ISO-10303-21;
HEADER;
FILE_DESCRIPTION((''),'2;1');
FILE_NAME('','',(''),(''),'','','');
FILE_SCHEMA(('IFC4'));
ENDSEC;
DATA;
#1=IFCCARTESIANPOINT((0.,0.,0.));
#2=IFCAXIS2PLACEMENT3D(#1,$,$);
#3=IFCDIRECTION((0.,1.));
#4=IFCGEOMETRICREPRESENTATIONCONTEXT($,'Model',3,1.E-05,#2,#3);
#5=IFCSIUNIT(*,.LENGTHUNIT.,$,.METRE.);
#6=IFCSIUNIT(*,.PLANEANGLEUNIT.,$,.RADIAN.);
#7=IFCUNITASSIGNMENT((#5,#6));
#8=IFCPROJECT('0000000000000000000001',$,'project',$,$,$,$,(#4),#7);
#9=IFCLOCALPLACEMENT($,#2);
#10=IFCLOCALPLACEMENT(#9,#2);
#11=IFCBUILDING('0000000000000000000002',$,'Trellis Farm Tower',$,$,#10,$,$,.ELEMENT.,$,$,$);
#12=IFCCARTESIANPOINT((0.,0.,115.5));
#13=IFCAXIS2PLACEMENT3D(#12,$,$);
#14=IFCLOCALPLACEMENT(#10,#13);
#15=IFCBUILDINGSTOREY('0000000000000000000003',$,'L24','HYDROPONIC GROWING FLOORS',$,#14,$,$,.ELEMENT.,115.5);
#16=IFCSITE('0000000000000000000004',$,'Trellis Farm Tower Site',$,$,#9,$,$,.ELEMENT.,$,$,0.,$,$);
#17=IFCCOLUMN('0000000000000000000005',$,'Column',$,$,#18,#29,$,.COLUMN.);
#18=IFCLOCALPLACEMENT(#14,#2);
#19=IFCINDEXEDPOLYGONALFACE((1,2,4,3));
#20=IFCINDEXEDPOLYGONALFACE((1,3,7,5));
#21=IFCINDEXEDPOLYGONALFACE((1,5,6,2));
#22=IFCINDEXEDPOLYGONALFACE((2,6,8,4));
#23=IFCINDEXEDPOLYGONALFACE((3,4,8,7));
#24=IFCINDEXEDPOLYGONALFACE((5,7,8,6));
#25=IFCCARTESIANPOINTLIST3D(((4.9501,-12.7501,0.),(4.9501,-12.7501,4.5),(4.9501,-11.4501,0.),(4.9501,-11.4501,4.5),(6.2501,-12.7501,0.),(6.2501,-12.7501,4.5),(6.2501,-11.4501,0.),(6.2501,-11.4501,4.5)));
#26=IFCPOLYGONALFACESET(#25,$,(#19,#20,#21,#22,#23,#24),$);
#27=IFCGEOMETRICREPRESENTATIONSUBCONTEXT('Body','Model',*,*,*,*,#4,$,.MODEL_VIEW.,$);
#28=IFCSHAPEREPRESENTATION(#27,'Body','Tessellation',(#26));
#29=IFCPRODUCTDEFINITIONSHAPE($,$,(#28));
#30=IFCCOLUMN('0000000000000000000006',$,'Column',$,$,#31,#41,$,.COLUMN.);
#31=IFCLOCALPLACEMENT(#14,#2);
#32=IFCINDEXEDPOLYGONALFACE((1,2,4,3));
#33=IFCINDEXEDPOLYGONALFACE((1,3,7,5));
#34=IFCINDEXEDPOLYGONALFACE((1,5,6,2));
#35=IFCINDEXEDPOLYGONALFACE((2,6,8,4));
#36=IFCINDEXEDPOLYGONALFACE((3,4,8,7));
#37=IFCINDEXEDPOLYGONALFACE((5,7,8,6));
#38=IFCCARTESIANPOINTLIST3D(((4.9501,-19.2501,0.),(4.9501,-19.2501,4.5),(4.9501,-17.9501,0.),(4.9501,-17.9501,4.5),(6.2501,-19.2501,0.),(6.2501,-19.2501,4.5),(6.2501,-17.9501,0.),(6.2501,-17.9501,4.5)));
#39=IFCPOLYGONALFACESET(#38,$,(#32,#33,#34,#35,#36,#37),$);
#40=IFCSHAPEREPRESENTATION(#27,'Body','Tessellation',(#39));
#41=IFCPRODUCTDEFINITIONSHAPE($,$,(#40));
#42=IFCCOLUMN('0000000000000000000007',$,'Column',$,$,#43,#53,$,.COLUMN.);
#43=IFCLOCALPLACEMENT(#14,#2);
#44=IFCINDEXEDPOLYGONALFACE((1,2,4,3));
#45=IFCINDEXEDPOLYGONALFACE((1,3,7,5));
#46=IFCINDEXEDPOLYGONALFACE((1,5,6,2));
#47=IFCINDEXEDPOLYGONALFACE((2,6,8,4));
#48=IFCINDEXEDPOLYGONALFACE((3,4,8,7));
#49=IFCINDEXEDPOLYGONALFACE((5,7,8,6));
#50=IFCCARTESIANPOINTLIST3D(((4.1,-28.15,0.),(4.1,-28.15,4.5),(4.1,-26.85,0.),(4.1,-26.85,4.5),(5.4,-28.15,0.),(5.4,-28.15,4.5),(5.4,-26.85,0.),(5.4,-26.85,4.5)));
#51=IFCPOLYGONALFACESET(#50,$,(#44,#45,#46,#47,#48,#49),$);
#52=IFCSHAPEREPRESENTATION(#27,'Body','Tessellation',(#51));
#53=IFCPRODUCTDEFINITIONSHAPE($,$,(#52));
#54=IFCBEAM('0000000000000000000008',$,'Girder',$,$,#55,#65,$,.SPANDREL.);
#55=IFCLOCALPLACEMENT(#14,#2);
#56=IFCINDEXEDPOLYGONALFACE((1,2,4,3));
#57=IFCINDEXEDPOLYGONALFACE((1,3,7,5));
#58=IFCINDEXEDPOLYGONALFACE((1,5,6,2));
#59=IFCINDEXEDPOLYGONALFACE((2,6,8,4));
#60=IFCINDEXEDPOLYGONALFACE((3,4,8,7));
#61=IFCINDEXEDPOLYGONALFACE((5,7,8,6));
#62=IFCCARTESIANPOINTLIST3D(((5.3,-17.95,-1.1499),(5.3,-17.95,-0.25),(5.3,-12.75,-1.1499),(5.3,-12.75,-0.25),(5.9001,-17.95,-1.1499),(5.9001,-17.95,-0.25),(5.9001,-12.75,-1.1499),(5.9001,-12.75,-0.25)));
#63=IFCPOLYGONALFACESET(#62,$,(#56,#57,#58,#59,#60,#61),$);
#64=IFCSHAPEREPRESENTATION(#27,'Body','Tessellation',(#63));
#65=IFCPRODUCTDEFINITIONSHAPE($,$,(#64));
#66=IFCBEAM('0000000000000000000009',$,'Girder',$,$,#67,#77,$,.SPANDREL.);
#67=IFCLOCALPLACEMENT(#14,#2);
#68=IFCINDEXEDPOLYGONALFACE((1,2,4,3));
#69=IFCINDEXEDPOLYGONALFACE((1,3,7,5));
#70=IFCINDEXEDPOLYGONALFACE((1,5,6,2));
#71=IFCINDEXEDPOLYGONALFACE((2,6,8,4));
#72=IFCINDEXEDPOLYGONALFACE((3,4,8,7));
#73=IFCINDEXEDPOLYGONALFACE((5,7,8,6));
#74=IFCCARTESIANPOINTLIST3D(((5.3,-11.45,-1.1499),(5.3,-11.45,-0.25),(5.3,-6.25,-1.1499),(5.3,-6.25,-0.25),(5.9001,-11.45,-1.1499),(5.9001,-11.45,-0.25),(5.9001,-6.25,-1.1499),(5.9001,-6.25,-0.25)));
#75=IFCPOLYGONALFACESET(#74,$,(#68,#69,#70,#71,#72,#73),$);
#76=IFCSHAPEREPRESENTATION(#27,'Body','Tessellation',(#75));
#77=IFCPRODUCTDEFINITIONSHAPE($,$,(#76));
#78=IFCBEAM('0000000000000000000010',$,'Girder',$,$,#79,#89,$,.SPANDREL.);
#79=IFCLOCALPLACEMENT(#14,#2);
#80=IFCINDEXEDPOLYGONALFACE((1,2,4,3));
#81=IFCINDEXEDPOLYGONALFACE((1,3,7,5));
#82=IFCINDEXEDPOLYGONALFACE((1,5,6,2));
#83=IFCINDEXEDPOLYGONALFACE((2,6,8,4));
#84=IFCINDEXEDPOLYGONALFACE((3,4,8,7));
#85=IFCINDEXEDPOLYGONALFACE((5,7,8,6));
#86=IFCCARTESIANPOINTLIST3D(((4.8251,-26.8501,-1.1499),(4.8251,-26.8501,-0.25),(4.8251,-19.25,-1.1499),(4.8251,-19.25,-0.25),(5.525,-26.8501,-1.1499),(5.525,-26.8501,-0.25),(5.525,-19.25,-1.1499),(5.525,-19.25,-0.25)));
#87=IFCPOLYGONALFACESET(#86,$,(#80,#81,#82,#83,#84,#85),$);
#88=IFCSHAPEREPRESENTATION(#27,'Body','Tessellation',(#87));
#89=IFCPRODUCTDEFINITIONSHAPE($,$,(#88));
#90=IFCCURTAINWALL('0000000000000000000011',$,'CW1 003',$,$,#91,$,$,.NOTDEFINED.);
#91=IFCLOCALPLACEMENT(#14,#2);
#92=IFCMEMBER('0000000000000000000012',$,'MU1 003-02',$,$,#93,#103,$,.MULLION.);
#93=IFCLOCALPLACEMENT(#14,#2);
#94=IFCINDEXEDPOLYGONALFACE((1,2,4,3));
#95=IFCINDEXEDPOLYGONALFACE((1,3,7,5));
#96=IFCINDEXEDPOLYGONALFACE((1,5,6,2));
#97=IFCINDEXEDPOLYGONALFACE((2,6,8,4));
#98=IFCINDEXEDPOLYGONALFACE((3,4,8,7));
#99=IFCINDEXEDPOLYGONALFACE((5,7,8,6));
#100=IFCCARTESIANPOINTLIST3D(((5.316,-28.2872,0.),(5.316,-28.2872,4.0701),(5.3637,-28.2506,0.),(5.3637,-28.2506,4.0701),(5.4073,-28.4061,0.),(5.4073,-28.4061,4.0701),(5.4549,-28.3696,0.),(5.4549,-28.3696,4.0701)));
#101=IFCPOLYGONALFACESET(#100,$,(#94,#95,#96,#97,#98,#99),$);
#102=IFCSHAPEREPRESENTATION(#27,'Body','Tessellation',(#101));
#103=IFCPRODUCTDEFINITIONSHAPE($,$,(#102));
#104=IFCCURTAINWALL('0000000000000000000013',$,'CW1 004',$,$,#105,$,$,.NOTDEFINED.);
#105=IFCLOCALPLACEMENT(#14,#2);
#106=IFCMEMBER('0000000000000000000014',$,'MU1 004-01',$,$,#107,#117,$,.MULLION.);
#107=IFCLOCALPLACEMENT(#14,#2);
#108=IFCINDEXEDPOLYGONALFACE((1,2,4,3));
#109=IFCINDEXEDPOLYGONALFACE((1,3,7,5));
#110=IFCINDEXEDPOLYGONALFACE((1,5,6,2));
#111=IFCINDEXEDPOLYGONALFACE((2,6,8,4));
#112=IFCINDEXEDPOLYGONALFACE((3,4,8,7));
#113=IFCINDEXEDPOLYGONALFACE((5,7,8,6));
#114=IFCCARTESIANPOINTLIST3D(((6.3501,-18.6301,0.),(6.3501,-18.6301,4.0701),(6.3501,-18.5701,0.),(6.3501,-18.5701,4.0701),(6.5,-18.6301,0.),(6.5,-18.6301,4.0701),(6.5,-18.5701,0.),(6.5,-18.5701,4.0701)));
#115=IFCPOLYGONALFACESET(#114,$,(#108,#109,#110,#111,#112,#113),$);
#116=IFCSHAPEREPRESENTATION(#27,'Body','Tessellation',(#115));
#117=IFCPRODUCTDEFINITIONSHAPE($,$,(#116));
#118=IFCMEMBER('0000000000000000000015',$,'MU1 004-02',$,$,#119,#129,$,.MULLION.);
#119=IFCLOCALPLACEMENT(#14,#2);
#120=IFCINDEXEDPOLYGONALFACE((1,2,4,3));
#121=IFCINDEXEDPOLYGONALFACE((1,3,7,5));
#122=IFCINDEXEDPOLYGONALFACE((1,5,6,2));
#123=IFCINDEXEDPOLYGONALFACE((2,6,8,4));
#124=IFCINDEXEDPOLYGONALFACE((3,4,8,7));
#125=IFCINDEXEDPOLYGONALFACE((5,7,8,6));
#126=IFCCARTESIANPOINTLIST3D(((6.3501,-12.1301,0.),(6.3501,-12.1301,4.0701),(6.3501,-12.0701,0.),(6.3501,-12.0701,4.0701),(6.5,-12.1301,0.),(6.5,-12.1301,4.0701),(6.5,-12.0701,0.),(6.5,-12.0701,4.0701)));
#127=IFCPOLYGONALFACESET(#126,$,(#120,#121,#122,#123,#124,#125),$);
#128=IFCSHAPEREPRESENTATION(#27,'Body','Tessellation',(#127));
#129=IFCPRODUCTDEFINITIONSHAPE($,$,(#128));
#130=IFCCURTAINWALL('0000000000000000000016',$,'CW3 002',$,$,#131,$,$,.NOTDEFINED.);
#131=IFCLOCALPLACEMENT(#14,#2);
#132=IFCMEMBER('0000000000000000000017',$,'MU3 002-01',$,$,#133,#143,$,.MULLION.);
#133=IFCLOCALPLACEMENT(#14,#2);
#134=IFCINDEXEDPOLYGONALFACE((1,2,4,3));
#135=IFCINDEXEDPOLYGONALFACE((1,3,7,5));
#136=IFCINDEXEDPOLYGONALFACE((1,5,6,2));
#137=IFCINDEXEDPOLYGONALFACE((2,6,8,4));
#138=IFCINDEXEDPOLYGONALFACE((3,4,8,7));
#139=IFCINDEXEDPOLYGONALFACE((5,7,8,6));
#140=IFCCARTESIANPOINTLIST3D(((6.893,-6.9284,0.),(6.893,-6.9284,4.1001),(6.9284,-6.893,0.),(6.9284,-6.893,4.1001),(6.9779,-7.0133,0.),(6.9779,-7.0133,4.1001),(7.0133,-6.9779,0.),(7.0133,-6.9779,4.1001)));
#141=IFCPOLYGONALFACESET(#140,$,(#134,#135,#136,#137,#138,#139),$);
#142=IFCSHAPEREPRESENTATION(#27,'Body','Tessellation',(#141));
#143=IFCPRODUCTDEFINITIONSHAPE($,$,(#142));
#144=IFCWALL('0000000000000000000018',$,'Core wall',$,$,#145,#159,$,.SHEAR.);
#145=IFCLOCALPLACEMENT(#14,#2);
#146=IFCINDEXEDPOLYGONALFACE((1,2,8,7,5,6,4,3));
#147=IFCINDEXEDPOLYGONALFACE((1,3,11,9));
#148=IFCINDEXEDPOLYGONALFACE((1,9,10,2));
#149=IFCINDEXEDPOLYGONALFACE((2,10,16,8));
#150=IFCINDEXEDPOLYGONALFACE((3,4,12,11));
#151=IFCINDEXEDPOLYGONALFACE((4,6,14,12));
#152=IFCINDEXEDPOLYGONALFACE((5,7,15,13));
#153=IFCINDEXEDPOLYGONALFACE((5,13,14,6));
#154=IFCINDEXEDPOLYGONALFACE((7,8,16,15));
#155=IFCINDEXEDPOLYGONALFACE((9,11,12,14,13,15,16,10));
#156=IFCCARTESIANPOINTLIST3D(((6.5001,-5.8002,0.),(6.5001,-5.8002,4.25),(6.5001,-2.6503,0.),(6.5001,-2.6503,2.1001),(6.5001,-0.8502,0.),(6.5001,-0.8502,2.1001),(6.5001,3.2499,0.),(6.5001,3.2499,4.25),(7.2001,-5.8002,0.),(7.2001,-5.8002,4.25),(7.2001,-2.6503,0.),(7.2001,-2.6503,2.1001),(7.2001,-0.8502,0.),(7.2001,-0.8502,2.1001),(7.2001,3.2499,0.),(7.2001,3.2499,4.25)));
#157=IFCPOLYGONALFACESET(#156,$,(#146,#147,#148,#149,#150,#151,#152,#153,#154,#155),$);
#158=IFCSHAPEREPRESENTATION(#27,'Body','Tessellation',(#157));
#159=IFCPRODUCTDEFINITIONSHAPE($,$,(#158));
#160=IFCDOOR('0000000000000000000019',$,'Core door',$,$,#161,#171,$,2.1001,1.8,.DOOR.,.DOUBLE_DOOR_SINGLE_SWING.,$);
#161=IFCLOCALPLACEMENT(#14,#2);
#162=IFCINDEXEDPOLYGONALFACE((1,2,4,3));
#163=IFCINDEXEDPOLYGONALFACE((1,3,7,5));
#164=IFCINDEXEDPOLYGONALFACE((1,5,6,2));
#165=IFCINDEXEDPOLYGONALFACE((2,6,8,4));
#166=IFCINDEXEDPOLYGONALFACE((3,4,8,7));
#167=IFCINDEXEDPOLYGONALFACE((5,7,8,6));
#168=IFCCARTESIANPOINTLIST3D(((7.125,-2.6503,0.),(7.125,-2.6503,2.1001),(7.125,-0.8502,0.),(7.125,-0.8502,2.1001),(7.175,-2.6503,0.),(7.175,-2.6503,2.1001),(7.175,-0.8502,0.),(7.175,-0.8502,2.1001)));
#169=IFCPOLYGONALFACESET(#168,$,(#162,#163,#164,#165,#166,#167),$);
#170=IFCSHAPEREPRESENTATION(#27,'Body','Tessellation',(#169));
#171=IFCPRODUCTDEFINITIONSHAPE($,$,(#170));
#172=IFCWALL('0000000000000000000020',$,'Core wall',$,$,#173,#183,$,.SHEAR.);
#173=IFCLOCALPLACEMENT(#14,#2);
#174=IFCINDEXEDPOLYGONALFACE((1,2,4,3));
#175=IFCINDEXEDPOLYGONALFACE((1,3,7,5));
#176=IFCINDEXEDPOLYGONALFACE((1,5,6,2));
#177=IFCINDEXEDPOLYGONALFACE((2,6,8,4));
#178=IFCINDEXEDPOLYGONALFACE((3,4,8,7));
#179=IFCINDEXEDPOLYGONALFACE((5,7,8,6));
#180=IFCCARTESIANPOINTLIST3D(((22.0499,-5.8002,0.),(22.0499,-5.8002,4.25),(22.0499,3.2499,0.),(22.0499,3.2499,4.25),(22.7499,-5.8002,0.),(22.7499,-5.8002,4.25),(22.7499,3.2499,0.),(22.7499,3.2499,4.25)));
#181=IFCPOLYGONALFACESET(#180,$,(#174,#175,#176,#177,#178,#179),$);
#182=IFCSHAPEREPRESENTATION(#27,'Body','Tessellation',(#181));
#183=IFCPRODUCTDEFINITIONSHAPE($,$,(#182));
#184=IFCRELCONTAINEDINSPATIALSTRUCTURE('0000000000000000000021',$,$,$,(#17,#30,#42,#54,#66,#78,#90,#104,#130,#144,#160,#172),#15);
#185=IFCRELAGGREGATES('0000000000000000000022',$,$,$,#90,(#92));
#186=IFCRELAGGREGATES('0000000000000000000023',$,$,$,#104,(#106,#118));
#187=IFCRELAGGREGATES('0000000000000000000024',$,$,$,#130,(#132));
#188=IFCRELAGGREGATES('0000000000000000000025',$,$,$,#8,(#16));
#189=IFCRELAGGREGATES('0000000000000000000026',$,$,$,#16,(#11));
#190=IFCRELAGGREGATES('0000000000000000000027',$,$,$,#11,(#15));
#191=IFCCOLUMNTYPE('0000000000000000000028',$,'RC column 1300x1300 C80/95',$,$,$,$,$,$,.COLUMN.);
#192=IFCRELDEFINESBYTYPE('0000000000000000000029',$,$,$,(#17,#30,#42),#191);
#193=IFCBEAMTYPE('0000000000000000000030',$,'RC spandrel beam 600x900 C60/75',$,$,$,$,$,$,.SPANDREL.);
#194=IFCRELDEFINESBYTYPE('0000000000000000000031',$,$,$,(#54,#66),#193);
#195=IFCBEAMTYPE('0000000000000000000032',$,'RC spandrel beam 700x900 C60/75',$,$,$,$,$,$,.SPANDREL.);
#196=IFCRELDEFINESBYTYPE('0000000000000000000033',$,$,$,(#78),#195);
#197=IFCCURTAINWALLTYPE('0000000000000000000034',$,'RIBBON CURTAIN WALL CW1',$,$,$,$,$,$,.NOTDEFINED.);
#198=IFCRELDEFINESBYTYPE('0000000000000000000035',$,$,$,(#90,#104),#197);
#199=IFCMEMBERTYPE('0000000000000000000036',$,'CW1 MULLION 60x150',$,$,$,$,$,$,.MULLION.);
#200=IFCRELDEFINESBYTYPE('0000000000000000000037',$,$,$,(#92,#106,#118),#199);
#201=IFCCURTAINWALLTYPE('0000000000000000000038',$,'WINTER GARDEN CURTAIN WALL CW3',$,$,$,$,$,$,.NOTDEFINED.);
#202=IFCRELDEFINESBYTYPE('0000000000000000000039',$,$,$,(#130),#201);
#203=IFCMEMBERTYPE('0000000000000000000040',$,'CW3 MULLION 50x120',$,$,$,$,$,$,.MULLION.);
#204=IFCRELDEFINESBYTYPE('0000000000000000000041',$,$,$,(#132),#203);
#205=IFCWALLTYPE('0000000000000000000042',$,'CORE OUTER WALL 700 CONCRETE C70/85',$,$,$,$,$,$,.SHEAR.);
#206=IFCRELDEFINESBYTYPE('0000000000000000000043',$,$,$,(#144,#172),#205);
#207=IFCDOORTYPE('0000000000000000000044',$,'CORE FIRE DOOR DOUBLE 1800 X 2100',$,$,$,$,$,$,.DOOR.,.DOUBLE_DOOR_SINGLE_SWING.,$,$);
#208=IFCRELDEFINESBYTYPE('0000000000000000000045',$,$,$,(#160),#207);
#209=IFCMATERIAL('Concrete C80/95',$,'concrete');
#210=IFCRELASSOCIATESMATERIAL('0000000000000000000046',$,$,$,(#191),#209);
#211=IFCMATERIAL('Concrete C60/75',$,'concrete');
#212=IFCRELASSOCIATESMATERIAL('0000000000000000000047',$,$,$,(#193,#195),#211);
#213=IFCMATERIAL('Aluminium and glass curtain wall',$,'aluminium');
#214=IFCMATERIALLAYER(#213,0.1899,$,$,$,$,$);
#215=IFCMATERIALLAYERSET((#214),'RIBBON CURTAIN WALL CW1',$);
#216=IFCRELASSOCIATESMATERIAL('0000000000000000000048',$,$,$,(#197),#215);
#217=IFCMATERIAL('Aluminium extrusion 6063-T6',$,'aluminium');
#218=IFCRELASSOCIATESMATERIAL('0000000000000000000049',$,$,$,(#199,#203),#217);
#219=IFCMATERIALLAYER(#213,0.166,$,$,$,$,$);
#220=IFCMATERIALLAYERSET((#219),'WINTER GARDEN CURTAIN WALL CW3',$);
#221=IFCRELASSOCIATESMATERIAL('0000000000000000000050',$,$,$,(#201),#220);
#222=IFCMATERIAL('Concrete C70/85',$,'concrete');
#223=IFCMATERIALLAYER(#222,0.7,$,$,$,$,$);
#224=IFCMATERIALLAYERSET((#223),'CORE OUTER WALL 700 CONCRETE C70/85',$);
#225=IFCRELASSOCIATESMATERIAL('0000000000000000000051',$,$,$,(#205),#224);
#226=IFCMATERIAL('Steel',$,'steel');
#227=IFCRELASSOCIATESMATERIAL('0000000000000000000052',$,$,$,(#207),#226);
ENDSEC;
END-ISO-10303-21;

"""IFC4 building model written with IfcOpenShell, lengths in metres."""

from ifc_helpers import new_model, si_unit, direction, frame, frame_2d, origin, origin_2d, place, context, subcontext, project, spatial, rectangle, extrude, source, transform, mapped, material, layer, layer_set, material_profile, profile_set, type_object, element, fill, aggregate, save


model = new_model("IFC4")

# Units and contexts
model_context = context("Model", 3, precision=1e-05, world=origin(), true_north=direction((0.0, 1.0)))
body_context = subcontext(model_context, "Body", "Model", "MODEL_VIEW")
ifc_project = project(units=[si_unit("LENGTHUNIT", "METRE"), si_unit("PLANEANGLEUNIT", "RADIAN")], contexts=[model_context])

# Site, building, storey
site_placement = place(None, origin())
site = spatial("IfcSite", under=ifc_project, at=site_placement, Name="Trellis Farm Tower Site", CompositionType="ELEMENT", RefElevation=0.0)
building_placement = place(site_placement, origin())
building = spatial("IfcBuilding", under=site, at=building_placement, Name="Trellis Farm Tower", CompositionType="ELEMENT")
storey_placement = place(building_placement, frame((0.0, 0.0, 115.5)))
storey = spatial("IfcBuildingStorey", under=building, at=storey_placement, Name="L24", Description="HYDROPONIC GROWING FLOORS", CompositionType="ELEMENT", Elevation=115.5)

# Columns
ifc_material_1 = material(Name="Concrete C80/95", Category="concrete")
ifc_material_profile_1 = material_profile(ifc_material_1, rectangle(XDim=1.3, YDim=1.3, at=origin_2d()), Name="RC column 1300x1300 C80/95")
ifc_profile_set_1 = profile_set([ifc_material_profile_1], Name="Concrete C80/95")
column_type = type_object("IfcColumnType", Name="RC column 1300x1300 C80/95", PredefinedType="COLUMN", material=ifc_profile_set_1)
shared_shape_1 = source(origin(), body_context, "Body", "SweptSolid", [
    extrude(rectangle(XDim=1.3, YDim=1.3, at=origin_2d()), origin(), (0.0, 0.0, 1.0), 4.5),
])
for number, where, z_axis, x_axis, name in (
    (1, (5.6001, -12.1001, 0.0), (0.0, 0.0, 1.0), (1.0, 0.0, 0.0), "Column"),
    (2, (5.6001, -18.6001, 0.0), (0.0, 0.0, 1.0), (1.0, 0.0, 0.0), "Column"),
    (3, (4.75, -27.5, 0.0), (0.0, 0.0, 1.0), (1.0, 0.0, 0.0), "Column"),
):
    element("IfcColumn", number, at=place(storey_placement, frame(where, z_axis=z_axis, x_axis=x_axis)), inside=storey, type_object=column_type, Name=name, PredefinedType="COLUMN", context=body_context, shape_type="MappedRepresentation", body=[
        mapped(shared_shape_1, transform((0.0, 0.0, 0.0))),
    ])

# Beams
ifc_material_2 = material(Name="Concrete C60/75", Category="concrete")
ifc_material_profile_2 = material_profile(ifc_material_2, rectangle(XDim=0.6001, YDim=0.8999, at=origin_2d()), Name="RC spandrel beam 600x900 C60/75")
ifc_profile_set_2 = profile_set([ifc_material_profile_2], Name="Concrete C60/75")
beam_type_1 = type_object("IfcBeamType", Name="RC spandrel beam 600x900 C60/75", PredefinedType="SPANDREL", material=ifc_profile_set_2)
shared_shape_2 = source(origin(), body_context, "Body", "SweptSolid", [
    extrude(rectangle(XDim=0.6001, YDim=0.8999, at=origin_2d()), origin(), (0.0, 0.0, 1.0), 5.2),
])
for number, where, z_axis, x_axis, name in (
    (4, (5.6001, -17.95, -0.7), (0.0, 1.0, 0.0), (-1.0, 0.0, 0.0), "Girder"),
    (5, (5.6001, -11.45, -0.7), (0.0, 1.0, 0.0), (-1.0, 0.0, 0.0), "Girder"),
):
    element("IfcBeam", number, at=place(storey_placement, frame(where, z_axis=z_axis, x_axis=x_axis)), inside=storey, type_object=beam_type_1, Name=name, PredefinedType="SPANDREL", context=body_context, shape_type="MappedRepresentation", body=[
        mapped(shared_shape_2, transform((0.0, 0.0, 0.0))),
    ])
ifc_material_profile_3 = material_profile(ifc_material_2, rectangle(XDim=0.7, YDim=0.8999, at=origin_2d()), Name="RC spandrel beam 700x900 C60/75")
ifc_profile_set_3 = profile_set([ifc_material_profile_3], Name="Concrete C60/75")
beam_type_2 = type_object("IfcBeamType", Name="RC spandrel beam 700x900 C60/75", PredefinedType="SPANDREL", material=ifc_profile_set_3)
shared_shape_3 = source(origin(), body_context, "Body", "SweptSolid", [
    extrude(rectangle(XDim=0.7, YDim=0.8999, at=origin_2d()), origin(), (0.0, 0.0, 1.0), 7.6001),
])
beam_placement = place(storey_placement, frame((5.175, -26.8501, -0.7), z_axis=(0.0, 1.0, 0.0), x_axis=(-1.0, 0.0, 0.0)))
element("IfcBeam", 6, at=beam_placement, inside=storey, type_object=beam_type_2, Name="Girder", PredefinedType="SPANDREL", context=body_context, shape_type="MappedRepresentation", body=[
    mapped(shared_shape_3, transform((0.0, 0.0, 0.0))),
])

# Curtain wall, member
ifc_material_3 = material(Name="Aluminium and glass curtain wall", Category="aluminium")
ifc_layer_1 = layer(ifc_material_3, 0.1899)
ifc_layer_set_1 = layer_set([ifc_layer_1], Name="RIBBON CURTAIN WALL CW1")
curtain_wall_type_1 = type_object("IfcCurtainWallType", Name="RIBBON CURTAIN WALL CW1", PredefinedType="NOTDEFINED", material=ifc_layer_set_1)
placement = place(storey_placement, origin())
curtain_wall_1 = element("IfcCurtainWall", 7, at=placement, inside=storey, type_object=curtain_wall_type_1, Name="CW1 003", PredefinedType="NOTDEFINED")
ifc_material_4 = material(Name="Aluminium extrusion 6063-T6", Category="aluminium")
ifc_material_profile_4 = material_profile(ifc_material_4, rectangle(XDim=0.0601, YDim=0.1499, at=origin_2d()), Name="MULLION 60x150")
ifc_profile_set_4 = profile_set([ifc_material_profile_4], Name="Aluminium extrusion 6063-T6")
member_type_1 = type_object("IfcMemberType", Name="CW1 MULLION 60x150", PredefinedType="MULLION", material=ifc_profile_set_4)
shared_shape_4 = source(origin(), body_context, "Body", "SweptSolid", [
    extrude(rectangle(XDim=0.0601, YDim=0.1499, at=origin_2d()), origin(), (0.0, 0.0, 1.0), 4.0701),
])
member_1_placement = place(storey_placement, frame((5.3855, -28.3284, 0.0), z_axis=(0.0, 0.0, 1.0), x_axis=(0.793353, 0.608761, 0.0)))
member_1 = element("IfcMember", 8, at=member_1_placement, type_object=member_type_1, Name="MU1 003-02", PredefinedType="MULLION", context=body_context, shape_type="MappedRepresentation", body=[
    mapped(shared_shape_4, transform((0.0, 0.0, 0.0))),
])
aggregate(curtain_wall_1, [member_1])

# Curtain wall, members
curtain_wall_2 = element("IfcCurtainWall", 9, at=placement, inside=storey, type_object=curtain_wall_type_1, Name="CW1 004", PredefinedType="NOTDEFINED")
member_2_placement = place(storey_placement, frame((6.425, -18.6001, 0.0), z_axis=(0.0, 0.0, 1.0), x_axis=(0.0, 1.0, 0.0)))
member_2 = element("IfcMember", 10, at=member_2_placement, type_object=member_type_1, Name="MU1 004-01", PredefinedType="MULLION", context=body_context, shape_type="MappedRepresentation", body=[
    mapped(shared_shape_4, transform((0.0, 0.0, 0.0))),
])
member_3_placement = place(storey_placement, frame((6.425, -12.1001, 0.0), z_axis=(0.0, 0.0, 1.0), x_axis=(0.0, 1.0, 0.0)))
member_3 = element("IfcMember", 11, at=member_3_placement, type_object=member_type_1, Name="MU1 004-02", PredefinedType="MULLION", context=body_context, shape_type="MappedRepresentation", body=[
    mapped(shared_shape_4, transform((0.0, 0.0, 0.0))),
])
aggregate(curtain_wall_2, [member_2, member_3])

# Curtain wall, member
ifc_layer_2 = layer(ifc_material_3, 0.166)
ifc_layer_set_2 = layer_set([ifc_layer_2], Name="WINTER GARDEN CURTAIN WALL CW3")
curtain_wall_type_2 = type_object("IfcCurtainWallType", Name="WINTER GARDEN CURTAIN WALL CW3", PredefinedType="NOTDEFINED", material=ifc_layer_set_2)
curtain_wall_3 = element("IfcCurtainWall", 12, at=placement, inside=storey, type_object=curtain_wall_type_2, Name="CW3 002", PredefinedType="NOTDEFINED")
ifc_material_profile_5 = material_profile(ifc_material_4, rectangle(XDim=0.05, YDim=0.1201, at=origin_2d()), Name="MULLION 50x120")
ifc_profile_set_5 = profile_set([ifc_material_profile_5], Name="Aluminium extrusion 6063-T6")
member_type_2 = type_object("IfcMemberType", Name="CW3 MULLION 50x120", PredefinedType="MULLION", material=ifc_profile_set_5)
shared_shape_5 = source(origin(), body_context, "Body", "SweptSolid", [
    extrude(rectangle(XDim=0.05, YDim=0.1201, at=origin_2d()), origin(), (0.0, 0.0, 1.0), 4.1001),
])
member_4_placement = place(storey_placement, frame((6.9531, -6.9531, 0.0), z_axis=(0.0, 0.0, 1.0), x_axis=(0.707107, 0.707107, 0.0)))
member_4 = element("IfcMember", 13, at=member_4_placement, type_object=member_type_2, Name="MU3 002-01", PredefinedType="MULLION", context=body_context, shape_type="MappedRepresentation", body=[
    mapped(shared_shape_5, transform((0.0, 0.0, 0.0))),
])
aggregate(curtain_wall_3, [member_4])

# Wall, opening, door
ifc_material_5 = material(Name="Concrete C70/85", Category="concrete")
ifc_layer_3 = layer(ifc_material_5, 0.7)
ifc_layer_set_3 = layer_set([ifc_layer_3], Name="CORE OUTER WALL 700 CONCRETE C70/85")
wall_type_1 = type_object("IfcWallType", Name="CORE OUTER WALL 700 CONCRETE C70/85", PredefinedType="SHEAR", material=ifc_layer_set_3)
shared_shape_6 = source(origin(), body_context, "Body", "SweptSolid", [
    extrude(rectangle(XDim=9.05, YDim=0.7, at=frame_2d((4.5249, 0.0))), origin(), (0.0, 0.0, 1.0), 4.25),
])
wall_1_placement = place(storey_placement, frame((6.8501, -5.8, 0.0), z_axis=(0.0, 0.0, 1.0), x_axis=(0.0, 1.0, 0.0)))
wall_1 = element("IfcWall", 14, at=wall_1_placement, inside=storey, type_object=wall_type_1, Name="Core wall", PredefinedType="SHEAR", context=body_context, shape_type="MappedRepresentation", body=[
    mapped(shared_shape_6, transform((0.0, 0.0, 0.0))),
])
shared_shape_7 = source(origin(), body_context, "Body", "SweptSolid", [
    extrude(rectangle(XDim=1.8, YDim=2.1001, at=frame_2d((0.8999, 1.05))), frame((0.0, 0.3601, 0.0), z_axis=(0.0, -1.0, 0.0), x_axis=(1.0, 0.0, 0.0)), (0.0, 0.0, 1.0), 0.7202),
])
opening_1_placement = place(wall_1_placement, frame((3.1499, 0.0, 0.0)))
opening_1 = element("IfcOpeningElement", 15, at=opening_1_placement, cuts=wall_1, PredefinedType="OPENING", context=body_context, shape_type="MappedRepresentation", body=[
    mapped(shared_shape_7, transform((0.0, 0.0, 0.0))),
])
ifc_material_6 = material(Name="Steel", Category="steel")
door_type_1 = type_object("IfcDoorType", Name="CORE FIRE DOOR DOUBLE 1800 X 2100", OperationType="DOUBLE_DOOR_SINGLE_SWING", PredefinedType="DOOR", material=ifc_material_6)
shared_shape_8 = source(origin(), body_context, "Body", "SweptSolid", [
    extrude(rectangle(XDim=1.8, YDim=2.1001, at=frame_2d((0.8999, 1.05))), frame((0.0, -0.2749, 0.0), z_axis=(0.0, -1.0, 0.0), x_axis=(1.0, 0.0, 0.0)), (0.0, 0.0, 1.0), 0.05),
])
door_1_placement = place(opening_1_placement, origin())
door_1 = element("IfcDoor", 16, at=door_1_placement, inside=storey, type_object=door_type_1, Name="Core door", OperationType="DOUBLE_DOOR_SINGLE_SWING", OverallHeight=2.1001, OverallWidth=1.8, PredefinedType="DOOR", context=body_context, shape_type="MappedRepresentation", body=[
    mapped(shared_shape_8, transform((0.0, 0.0, 0.0))),
])
fill(opening_1, door_1)

# Wall
wall_2_placement = place(storey_placement, frame((22.3999, -5.8, 0.0), z_axis=(0.0, 0.0, 1.0), x_axis=(0.0, 1.0, 0.0)))
element("IfcWall", 17, at=wall_2_placement, inside=storey, type_object=wall_type_1, Name="Core wall", PredefinedType="SHEAR", context=body_context, shape_type="MappedRepresentation", body=[
    mapped(shared_shape_6, transform((0.0, 0.0, 0.0))),
])

save(model, "model.ifc")
